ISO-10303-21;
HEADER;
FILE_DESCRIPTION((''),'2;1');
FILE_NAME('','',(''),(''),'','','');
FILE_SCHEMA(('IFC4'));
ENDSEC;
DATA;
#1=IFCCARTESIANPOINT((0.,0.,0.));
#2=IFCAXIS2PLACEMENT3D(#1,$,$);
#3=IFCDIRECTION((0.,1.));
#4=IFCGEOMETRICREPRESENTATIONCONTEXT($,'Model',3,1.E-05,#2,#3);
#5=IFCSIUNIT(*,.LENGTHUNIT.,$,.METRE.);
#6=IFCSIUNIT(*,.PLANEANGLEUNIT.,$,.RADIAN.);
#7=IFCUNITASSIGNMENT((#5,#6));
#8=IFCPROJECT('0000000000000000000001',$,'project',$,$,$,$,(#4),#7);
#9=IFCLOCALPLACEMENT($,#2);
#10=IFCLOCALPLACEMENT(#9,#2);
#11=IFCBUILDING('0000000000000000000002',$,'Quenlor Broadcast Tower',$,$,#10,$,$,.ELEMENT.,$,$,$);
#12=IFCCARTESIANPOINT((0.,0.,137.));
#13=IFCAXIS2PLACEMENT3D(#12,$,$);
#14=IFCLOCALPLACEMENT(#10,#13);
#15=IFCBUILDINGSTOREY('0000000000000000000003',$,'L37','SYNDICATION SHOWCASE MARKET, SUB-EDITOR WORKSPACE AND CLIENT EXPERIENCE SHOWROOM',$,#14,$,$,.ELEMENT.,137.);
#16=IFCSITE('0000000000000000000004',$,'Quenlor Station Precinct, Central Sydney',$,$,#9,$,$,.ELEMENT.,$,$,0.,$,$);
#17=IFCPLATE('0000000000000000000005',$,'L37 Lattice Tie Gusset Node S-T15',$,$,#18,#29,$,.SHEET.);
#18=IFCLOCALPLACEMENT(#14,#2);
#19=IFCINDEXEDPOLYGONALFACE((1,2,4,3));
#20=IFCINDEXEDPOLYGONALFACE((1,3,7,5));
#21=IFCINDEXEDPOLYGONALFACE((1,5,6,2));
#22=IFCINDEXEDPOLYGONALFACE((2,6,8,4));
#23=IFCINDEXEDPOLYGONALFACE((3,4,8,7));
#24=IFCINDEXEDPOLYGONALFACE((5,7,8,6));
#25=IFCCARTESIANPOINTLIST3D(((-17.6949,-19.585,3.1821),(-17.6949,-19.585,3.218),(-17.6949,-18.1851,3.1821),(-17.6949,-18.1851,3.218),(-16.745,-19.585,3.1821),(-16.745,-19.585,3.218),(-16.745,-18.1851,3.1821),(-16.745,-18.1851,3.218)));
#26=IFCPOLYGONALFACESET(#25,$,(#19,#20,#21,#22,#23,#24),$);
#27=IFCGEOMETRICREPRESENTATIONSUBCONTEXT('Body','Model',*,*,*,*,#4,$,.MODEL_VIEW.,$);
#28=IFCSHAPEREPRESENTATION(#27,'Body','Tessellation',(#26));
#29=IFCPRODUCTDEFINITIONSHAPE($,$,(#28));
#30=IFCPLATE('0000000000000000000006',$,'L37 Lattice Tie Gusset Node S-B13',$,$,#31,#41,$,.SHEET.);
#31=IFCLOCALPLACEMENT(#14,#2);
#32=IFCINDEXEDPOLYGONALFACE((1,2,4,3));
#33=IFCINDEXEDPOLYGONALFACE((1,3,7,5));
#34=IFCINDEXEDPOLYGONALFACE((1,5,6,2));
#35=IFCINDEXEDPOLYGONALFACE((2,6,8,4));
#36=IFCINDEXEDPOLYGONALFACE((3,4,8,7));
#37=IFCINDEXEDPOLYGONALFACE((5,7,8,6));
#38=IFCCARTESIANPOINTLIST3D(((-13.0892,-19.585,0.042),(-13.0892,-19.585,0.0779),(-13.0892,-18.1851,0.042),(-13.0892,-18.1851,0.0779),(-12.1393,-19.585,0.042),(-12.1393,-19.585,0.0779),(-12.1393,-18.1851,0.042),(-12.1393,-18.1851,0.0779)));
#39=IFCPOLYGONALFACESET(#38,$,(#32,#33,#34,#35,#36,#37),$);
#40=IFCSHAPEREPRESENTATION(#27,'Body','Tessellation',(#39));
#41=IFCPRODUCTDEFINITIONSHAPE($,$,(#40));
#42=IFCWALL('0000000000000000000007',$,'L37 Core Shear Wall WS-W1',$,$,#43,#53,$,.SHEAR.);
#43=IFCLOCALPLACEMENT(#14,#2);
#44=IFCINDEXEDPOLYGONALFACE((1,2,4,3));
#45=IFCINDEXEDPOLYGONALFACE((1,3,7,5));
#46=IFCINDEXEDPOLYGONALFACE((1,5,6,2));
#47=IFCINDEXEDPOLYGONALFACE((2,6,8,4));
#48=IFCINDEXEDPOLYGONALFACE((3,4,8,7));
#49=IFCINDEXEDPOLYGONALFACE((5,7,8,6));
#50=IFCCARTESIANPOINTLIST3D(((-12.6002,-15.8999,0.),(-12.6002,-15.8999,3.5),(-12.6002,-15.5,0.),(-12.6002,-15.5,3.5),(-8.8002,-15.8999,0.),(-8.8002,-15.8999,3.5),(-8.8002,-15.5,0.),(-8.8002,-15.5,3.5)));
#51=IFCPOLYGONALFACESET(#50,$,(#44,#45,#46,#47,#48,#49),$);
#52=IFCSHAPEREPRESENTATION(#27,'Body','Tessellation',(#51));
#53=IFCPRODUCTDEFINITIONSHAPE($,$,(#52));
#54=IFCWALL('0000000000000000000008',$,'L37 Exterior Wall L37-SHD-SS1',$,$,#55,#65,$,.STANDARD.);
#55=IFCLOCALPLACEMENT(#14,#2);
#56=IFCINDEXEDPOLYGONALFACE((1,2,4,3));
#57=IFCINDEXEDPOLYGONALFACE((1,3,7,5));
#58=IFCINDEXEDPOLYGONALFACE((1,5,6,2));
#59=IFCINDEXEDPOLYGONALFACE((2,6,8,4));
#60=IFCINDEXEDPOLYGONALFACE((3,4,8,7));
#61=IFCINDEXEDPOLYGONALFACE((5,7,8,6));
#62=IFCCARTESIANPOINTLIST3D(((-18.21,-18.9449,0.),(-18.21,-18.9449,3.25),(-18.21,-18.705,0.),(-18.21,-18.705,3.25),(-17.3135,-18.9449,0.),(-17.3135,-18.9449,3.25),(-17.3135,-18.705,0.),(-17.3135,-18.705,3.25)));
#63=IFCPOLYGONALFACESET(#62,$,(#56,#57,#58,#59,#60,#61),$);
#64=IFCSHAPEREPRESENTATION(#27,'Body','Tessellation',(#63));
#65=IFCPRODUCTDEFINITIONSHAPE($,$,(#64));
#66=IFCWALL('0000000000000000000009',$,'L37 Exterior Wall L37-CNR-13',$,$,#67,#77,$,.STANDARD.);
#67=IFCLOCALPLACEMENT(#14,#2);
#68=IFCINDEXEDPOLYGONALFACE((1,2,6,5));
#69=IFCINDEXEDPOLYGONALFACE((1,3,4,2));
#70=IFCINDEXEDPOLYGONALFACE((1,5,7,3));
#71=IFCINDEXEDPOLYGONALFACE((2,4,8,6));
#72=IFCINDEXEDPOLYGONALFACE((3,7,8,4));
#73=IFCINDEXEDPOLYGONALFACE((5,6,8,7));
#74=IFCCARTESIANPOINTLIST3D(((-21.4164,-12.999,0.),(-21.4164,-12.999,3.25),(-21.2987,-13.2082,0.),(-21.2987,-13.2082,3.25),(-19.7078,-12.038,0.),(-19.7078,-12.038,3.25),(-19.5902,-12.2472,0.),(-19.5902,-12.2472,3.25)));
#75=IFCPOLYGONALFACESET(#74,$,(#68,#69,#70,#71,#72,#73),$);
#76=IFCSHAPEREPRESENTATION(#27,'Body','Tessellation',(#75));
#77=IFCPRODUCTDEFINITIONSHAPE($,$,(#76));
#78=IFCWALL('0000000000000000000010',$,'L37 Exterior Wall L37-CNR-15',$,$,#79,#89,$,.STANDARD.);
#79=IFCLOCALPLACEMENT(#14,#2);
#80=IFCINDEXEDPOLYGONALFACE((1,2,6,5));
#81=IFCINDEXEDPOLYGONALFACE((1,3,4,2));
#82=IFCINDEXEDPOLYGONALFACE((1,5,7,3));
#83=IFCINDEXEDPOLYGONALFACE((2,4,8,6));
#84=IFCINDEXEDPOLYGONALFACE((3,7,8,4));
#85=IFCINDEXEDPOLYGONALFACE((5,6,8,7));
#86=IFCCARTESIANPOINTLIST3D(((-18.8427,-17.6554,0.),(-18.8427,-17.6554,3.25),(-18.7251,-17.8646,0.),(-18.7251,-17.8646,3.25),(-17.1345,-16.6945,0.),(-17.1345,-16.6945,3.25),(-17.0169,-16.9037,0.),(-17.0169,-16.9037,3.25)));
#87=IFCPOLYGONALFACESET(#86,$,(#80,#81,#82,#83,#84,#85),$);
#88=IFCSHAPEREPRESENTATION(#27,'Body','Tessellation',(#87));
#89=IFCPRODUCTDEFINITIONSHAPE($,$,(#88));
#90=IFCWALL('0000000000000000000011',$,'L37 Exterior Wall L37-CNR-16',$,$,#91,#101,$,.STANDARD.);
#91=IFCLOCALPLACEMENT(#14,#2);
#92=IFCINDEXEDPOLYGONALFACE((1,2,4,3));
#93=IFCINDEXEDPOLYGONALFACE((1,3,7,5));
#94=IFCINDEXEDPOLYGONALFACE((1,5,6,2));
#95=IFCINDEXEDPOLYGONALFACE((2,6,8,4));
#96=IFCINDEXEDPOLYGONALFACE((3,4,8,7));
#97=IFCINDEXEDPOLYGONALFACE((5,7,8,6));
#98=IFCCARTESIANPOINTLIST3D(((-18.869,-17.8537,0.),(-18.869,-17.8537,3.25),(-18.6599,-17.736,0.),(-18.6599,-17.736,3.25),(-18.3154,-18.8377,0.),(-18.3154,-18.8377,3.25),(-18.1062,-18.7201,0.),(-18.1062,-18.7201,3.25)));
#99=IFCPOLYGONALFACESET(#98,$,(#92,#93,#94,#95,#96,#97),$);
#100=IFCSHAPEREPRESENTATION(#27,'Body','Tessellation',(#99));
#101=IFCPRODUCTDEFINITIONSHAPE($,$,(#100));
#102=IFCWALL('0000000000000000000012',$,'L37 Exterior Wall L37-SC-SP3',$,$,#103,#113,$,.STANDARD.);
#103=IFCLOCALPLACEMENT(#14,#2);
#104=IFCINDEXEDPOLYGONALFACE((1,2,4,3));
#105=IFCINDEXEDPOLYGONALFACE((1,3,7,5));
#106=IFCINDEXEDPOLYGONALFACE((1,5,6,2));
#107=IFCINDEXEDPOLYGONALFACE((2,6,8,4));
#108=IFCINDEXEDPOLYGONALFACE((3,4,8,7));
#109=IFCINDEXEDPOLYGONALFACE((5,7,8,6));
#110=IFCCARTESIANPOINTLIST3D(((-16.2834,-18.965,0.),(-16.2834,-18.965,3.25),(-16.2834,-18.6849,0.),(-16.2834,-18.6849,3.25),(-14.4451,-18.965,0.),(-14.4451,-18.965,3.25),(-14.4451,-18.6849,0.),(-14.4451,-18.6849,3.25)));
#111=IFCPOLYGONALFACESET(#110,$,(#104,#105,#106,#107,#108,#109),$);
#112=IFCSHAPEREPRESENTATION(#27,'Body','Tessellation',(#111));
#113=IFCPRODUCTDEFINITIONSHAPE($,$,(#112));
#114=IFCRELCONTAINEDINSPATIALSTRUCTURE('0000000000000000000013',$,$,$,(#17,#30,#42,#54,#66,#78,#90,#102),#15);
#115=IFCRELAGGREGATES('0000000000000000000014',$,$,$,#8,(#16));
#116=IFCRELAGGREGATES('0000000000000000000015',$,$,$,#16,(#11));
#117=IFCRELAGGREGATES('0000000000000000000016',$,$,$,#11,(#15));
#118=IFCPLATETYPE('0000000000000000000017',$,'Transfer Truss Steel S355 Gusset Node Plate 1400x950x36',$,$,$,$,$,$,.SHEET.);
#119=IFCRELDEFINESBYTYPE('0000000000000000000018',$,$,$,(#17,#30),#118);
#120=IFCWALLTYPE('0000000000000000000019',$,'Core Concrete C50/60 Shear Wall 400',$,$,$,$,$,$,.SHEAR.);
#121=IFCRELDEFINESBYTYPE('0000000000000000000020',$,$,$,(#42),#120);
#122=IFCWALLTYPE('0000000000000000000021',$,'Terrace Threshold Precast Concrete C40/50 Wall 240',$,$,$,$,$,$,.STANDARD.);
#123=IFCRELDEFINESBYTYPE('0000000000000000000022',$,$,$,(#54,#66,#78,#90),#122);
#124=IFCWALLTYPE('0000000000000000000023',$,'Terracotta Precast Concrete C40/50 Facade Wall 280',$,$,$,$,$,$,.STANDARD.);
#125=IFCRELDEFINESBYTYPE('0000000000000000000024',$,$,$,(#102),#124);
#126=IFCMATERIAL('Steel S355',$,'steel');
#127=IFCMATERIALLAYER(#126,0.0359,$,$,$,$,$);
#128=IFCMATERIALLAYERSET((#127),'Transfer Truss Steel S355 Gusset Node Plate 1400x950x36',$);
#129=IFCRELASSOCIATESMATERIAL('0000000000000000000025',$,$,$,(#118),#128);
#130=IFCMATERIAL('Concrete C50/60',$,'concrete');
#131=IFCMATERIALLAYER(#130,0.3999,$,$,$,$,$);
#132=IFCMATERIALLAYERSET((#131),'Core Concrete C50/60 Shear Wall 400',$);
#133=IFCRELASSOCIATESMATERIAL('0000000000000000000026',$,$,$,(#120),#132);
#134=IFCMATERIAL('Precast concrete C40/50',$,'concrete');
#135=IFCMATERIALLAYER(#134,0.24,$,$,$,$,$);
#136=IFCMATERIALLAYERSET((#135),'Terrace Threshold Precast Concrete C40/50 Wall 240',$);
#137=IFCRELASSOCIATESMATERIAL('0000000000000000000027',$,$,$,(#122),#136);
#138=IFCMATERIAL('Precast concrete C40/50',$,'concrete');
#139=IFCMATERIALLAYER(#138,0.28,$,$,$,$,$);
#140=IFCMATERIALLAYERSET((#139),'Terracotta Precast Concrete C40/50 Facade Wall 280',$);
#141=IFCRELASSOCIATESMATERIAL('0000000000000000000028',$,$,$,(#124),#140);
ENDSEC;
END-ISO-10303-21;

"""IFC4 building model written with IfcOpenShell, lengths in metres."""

from ifc_helpers import new_model, si_unit, direction, frame, frame_2d, origin, origin_2d, place, context, subcontext, project, spatial, rectangle, extrude, material, layer, layer_set, type_object, element, save


model = new_model("IFC4")

# Units and contexts
model_context = context("Model", 3, precision=1e-05, world=origin(), true_north=direction((0.0, 1.0)))
body_context = subcontext(model_context, "Body", "Model", "MODEL_VIEW")
ifc_project = project(units=[si_unit("LENGTHUNIT", "METRE"), si_unit("PLANEANGLEUNIT", "RADIAN")], contexts=[model_context])

# Site, building, storey
site_placement = place(None, origin())
site = spatial("IfcSite", under=ifc_project, at=site_placement, Name="Quenlor Station Precinct, Central Sydney", CompositionType="ELEMENT", RefElevation=0.0)
building_placement = place(site_placement, origin())
building = spatial("IfcBuilding", under=site, at=building_placement, Name="Quenlor Broadcast Tower", CompositionType="ELEMENT")
storey_placement = place(building_placement, frame((0.0, 0.0, 137.0)))
storey = spatial("IfcBuildingStorey", under=building, at=storey_placement, Name="L37", Description="SYNDICATION SHOWCASE MARKET, SUB-EDITOR WORKSPACE AND CLIENT EXPERIENCE SHOWROOM", CompositionType="ELEMENT", Elevation=137.0)

# Plates
ifc_material_1 = material(Name="Steel S355", Category="steel")
ifc_layer_1 = layer(ifc_material_1, 0.0359)
ifc_layer_set_1 = layer_set([ifc_layer_1], Name="Transfer Truss Steel S355 Gusset Node Plate 1400x950x36")
plate_type_1 = type_object("IfcPlateType", Name="Transfer Truss Steel S355 Gusset Node Plate 1400x950x36", PredefinedType="SHEET", material=ifc_layer_set_1)
for number, where, z_axis, x_axis, name in (
    (1, (-17.22, -18.885, 3.1821), (0.0, 0.0, 1.0), (0.0, -1.0, 0.0), "L37 Lattice Tie Gusset Node S-T15"),
    (2, (-12.6143, -18.885, 0.042), (0.0, 0.0, 1.0), (0.0, -1.0, 0.0), "L37 Lattice Tie Gusset Node S-B13"),
):
    element("IfcPlate", number, at=place(storey_placement, frame(where, z_axis=z_axis, x_axis=x_axis)), inside=storey, type_object=plate_type_1, Name=name, PredefinedType="SHEET", context=body_context, shape_type="SweptSolid", body=[
        extrude(rectangle(XDim=1.3999, YDim=0.95, at=origin_2d()), origin(), (0.0, 0.0, 1.0), 0.0359),
    ])

# Walls
ifc_material_2 = material(Name="Concrete C50/60", Category="concrete")
ifc_layer_2 = layer(ifc_material_2, 0.3999)
ifc_layer_set_2 = layer_set([ifc_layer_2], Name="Core Concrete C50/60 Shear Wall 400")
wall_type_1 = type_object("IfcWallType", Name="Core Concrete C50/60 Shear Wall 400", PredefinedType="SHEAR", material=ifc_layer_set_2)
wall_1_placement = place(storey_placement, frame((-12.6001, -15.7, 0.0), z_axis=(0.0, 0.0, 1.0), x_axis=(1.0, 0.0, 0.0)))
element("IfcWall", 3, at=wall_1_placement, inside=storey, type_object=wall_type_1, Name="L37 Core Shear Wall WS-W1", PredefinedType="SHEAR", context=body_context, shape_type="SweptSolid", body=[
    extrude(rectangle(XDim=3.8, YDim=0.3999, at=frame_2d((1.8999, 0.0))), origin(), (0.0, 0.0, 1.0), 3.5),
])
ifc_material_3 = material(Name="Precast concrete C40/50", Category="concrete")
ifc_layer_3 = layer(ifc_material_3, 0.24)
ifc_layer_set_3 = layer_set([ifc_layer_3], Name="Terrace Threshold Precast Concrete C40/50 Wall 240")
wall_type_2 = type_object("IfcWallType", Name="Terrace Threshold Precast Concrete C40/50 Wall 240", PredefinedType="STANDARD", material=ifc_layer_set_3)
wall_2_placement = place(storey_placement, frame((-17.3135, -18.825, 0.0), z_axis=(0.0, 0.0, 1.0), x_axis=(-1.0, 0.0, 0.0)))
element("IfcWall", 4, at=wall_2_placement, inside=storey, type_object=wall_type_2, Name="L37 Exterior Wall L37-SHD-SS1", PredefinedType="STANDARD", context=body_context, shape_type="SweptSolid", body=[
    extrude(rectangle(XDim=0.8965, YDim=0.24, at=frame_2d((0.4482, 0.0))), origin(), (0.0, 0.0, 1.0), 3.25),
])
wall_3_placement = place(storey_placement, frame((-21.3574, -13.1035, 0.0), z_axis=(0.0, 0.0, 1.0), x_axis=(0.871595, 0.490226, 0.0)))
element("IfcWall", 5, at=wall_3_placement, inside=storey, type_object=wall_type_2, Name="L37 Exterior Wall L37-CNR-13", PredefinedType="STANDARD", context=body_context, shape_type="SweptSolid", body=[
    extrude(rectangle(XDim=1.9602, YDim=0.24, at=frame_2d((0.98, 0.0))), origin(), (0.0, 0.0, 1.0), 3.25),
])
wall_4_placement = place(storey_placement, frame((-17.0757, -16.7991, 0.0), z_axis=(0.0, 0.0, 1.0), x_axis=(-0.871566, -0.490279, 0.0)))
element("IfcWall", 6, at=wall_4_placement, inside=storey, type_object=wall_type_2, Name="L37 Exterior Wall L37-CNR-15", PredefinedType="STANDARD", context=body_context, shape_type="SweptSolid", body=[
    extrude(rectangle(XDim=1.96, YDim=0.24, at=frame_2d((0.98, 0.0))), origin(), (0.0, 0.0, 1.0), 3.25),
])
wall_5_placement = place(storey_placement, frame((-18.7644, -17.7949, 0.0), z_axis=(0.0, 0.0, 1.0), x_axis=(0.490354, -0.871524, 0.0)))
element("IfcWall", 7, at=wall_5_placement, inside=storey, type_object=wall_type_2, Name="L37 Exterior Wall L37-CNR-16", PredefinedType="STANDARD", context=body_context, shape_type="SweptSolid", body=[
    extrude(rectangle(XDim=1.1292, YDim=0.24, at=frame_2d((0.5645, 0.0))), origin(), (0.0, 0.0, 1.0), 3.25),
])
ifc_material_4 = material(Name="Precast concrete C40/50", Category="concrete")
ifc_layer_4 = layer(ifc_material_4, 0.28)
ifc_layer_set_4 = layer_set([ifc_layer_4], Name="Terracotta Precast Concrete C40/50 Facade Wall 280")
wall_type_3 = type_object("IfcWallType", Name="Terracotta Precast Concrete C40/50 Facade Wall 280", PredefinedType="STANDARD", material=ifc_layer_set_4)
wall_6_placement = place(storey_placement, frame((-14.4451, -18.825, 0.0), z_axis=(0.0, 0.0, 1.0), x_axis=(-1.0, 0.0, 0.0)))
element("IfcWall", 8, at=wall_6_placement, inside=storey, type_object=wall_type_3, Name="L37 Exterior Wall L37-SC-SP3", PredefinedType="STANDARD", context=body_context, shape_type="SweptSolid", body=[
    extrude(rectangle(XDim=1.8384, YDim=0.28, at=frame_2d((0.9192, 0.0))), origin(), (0.0, 0.0, 1.0), 3.25),
])

save(model, "model.ifc")
